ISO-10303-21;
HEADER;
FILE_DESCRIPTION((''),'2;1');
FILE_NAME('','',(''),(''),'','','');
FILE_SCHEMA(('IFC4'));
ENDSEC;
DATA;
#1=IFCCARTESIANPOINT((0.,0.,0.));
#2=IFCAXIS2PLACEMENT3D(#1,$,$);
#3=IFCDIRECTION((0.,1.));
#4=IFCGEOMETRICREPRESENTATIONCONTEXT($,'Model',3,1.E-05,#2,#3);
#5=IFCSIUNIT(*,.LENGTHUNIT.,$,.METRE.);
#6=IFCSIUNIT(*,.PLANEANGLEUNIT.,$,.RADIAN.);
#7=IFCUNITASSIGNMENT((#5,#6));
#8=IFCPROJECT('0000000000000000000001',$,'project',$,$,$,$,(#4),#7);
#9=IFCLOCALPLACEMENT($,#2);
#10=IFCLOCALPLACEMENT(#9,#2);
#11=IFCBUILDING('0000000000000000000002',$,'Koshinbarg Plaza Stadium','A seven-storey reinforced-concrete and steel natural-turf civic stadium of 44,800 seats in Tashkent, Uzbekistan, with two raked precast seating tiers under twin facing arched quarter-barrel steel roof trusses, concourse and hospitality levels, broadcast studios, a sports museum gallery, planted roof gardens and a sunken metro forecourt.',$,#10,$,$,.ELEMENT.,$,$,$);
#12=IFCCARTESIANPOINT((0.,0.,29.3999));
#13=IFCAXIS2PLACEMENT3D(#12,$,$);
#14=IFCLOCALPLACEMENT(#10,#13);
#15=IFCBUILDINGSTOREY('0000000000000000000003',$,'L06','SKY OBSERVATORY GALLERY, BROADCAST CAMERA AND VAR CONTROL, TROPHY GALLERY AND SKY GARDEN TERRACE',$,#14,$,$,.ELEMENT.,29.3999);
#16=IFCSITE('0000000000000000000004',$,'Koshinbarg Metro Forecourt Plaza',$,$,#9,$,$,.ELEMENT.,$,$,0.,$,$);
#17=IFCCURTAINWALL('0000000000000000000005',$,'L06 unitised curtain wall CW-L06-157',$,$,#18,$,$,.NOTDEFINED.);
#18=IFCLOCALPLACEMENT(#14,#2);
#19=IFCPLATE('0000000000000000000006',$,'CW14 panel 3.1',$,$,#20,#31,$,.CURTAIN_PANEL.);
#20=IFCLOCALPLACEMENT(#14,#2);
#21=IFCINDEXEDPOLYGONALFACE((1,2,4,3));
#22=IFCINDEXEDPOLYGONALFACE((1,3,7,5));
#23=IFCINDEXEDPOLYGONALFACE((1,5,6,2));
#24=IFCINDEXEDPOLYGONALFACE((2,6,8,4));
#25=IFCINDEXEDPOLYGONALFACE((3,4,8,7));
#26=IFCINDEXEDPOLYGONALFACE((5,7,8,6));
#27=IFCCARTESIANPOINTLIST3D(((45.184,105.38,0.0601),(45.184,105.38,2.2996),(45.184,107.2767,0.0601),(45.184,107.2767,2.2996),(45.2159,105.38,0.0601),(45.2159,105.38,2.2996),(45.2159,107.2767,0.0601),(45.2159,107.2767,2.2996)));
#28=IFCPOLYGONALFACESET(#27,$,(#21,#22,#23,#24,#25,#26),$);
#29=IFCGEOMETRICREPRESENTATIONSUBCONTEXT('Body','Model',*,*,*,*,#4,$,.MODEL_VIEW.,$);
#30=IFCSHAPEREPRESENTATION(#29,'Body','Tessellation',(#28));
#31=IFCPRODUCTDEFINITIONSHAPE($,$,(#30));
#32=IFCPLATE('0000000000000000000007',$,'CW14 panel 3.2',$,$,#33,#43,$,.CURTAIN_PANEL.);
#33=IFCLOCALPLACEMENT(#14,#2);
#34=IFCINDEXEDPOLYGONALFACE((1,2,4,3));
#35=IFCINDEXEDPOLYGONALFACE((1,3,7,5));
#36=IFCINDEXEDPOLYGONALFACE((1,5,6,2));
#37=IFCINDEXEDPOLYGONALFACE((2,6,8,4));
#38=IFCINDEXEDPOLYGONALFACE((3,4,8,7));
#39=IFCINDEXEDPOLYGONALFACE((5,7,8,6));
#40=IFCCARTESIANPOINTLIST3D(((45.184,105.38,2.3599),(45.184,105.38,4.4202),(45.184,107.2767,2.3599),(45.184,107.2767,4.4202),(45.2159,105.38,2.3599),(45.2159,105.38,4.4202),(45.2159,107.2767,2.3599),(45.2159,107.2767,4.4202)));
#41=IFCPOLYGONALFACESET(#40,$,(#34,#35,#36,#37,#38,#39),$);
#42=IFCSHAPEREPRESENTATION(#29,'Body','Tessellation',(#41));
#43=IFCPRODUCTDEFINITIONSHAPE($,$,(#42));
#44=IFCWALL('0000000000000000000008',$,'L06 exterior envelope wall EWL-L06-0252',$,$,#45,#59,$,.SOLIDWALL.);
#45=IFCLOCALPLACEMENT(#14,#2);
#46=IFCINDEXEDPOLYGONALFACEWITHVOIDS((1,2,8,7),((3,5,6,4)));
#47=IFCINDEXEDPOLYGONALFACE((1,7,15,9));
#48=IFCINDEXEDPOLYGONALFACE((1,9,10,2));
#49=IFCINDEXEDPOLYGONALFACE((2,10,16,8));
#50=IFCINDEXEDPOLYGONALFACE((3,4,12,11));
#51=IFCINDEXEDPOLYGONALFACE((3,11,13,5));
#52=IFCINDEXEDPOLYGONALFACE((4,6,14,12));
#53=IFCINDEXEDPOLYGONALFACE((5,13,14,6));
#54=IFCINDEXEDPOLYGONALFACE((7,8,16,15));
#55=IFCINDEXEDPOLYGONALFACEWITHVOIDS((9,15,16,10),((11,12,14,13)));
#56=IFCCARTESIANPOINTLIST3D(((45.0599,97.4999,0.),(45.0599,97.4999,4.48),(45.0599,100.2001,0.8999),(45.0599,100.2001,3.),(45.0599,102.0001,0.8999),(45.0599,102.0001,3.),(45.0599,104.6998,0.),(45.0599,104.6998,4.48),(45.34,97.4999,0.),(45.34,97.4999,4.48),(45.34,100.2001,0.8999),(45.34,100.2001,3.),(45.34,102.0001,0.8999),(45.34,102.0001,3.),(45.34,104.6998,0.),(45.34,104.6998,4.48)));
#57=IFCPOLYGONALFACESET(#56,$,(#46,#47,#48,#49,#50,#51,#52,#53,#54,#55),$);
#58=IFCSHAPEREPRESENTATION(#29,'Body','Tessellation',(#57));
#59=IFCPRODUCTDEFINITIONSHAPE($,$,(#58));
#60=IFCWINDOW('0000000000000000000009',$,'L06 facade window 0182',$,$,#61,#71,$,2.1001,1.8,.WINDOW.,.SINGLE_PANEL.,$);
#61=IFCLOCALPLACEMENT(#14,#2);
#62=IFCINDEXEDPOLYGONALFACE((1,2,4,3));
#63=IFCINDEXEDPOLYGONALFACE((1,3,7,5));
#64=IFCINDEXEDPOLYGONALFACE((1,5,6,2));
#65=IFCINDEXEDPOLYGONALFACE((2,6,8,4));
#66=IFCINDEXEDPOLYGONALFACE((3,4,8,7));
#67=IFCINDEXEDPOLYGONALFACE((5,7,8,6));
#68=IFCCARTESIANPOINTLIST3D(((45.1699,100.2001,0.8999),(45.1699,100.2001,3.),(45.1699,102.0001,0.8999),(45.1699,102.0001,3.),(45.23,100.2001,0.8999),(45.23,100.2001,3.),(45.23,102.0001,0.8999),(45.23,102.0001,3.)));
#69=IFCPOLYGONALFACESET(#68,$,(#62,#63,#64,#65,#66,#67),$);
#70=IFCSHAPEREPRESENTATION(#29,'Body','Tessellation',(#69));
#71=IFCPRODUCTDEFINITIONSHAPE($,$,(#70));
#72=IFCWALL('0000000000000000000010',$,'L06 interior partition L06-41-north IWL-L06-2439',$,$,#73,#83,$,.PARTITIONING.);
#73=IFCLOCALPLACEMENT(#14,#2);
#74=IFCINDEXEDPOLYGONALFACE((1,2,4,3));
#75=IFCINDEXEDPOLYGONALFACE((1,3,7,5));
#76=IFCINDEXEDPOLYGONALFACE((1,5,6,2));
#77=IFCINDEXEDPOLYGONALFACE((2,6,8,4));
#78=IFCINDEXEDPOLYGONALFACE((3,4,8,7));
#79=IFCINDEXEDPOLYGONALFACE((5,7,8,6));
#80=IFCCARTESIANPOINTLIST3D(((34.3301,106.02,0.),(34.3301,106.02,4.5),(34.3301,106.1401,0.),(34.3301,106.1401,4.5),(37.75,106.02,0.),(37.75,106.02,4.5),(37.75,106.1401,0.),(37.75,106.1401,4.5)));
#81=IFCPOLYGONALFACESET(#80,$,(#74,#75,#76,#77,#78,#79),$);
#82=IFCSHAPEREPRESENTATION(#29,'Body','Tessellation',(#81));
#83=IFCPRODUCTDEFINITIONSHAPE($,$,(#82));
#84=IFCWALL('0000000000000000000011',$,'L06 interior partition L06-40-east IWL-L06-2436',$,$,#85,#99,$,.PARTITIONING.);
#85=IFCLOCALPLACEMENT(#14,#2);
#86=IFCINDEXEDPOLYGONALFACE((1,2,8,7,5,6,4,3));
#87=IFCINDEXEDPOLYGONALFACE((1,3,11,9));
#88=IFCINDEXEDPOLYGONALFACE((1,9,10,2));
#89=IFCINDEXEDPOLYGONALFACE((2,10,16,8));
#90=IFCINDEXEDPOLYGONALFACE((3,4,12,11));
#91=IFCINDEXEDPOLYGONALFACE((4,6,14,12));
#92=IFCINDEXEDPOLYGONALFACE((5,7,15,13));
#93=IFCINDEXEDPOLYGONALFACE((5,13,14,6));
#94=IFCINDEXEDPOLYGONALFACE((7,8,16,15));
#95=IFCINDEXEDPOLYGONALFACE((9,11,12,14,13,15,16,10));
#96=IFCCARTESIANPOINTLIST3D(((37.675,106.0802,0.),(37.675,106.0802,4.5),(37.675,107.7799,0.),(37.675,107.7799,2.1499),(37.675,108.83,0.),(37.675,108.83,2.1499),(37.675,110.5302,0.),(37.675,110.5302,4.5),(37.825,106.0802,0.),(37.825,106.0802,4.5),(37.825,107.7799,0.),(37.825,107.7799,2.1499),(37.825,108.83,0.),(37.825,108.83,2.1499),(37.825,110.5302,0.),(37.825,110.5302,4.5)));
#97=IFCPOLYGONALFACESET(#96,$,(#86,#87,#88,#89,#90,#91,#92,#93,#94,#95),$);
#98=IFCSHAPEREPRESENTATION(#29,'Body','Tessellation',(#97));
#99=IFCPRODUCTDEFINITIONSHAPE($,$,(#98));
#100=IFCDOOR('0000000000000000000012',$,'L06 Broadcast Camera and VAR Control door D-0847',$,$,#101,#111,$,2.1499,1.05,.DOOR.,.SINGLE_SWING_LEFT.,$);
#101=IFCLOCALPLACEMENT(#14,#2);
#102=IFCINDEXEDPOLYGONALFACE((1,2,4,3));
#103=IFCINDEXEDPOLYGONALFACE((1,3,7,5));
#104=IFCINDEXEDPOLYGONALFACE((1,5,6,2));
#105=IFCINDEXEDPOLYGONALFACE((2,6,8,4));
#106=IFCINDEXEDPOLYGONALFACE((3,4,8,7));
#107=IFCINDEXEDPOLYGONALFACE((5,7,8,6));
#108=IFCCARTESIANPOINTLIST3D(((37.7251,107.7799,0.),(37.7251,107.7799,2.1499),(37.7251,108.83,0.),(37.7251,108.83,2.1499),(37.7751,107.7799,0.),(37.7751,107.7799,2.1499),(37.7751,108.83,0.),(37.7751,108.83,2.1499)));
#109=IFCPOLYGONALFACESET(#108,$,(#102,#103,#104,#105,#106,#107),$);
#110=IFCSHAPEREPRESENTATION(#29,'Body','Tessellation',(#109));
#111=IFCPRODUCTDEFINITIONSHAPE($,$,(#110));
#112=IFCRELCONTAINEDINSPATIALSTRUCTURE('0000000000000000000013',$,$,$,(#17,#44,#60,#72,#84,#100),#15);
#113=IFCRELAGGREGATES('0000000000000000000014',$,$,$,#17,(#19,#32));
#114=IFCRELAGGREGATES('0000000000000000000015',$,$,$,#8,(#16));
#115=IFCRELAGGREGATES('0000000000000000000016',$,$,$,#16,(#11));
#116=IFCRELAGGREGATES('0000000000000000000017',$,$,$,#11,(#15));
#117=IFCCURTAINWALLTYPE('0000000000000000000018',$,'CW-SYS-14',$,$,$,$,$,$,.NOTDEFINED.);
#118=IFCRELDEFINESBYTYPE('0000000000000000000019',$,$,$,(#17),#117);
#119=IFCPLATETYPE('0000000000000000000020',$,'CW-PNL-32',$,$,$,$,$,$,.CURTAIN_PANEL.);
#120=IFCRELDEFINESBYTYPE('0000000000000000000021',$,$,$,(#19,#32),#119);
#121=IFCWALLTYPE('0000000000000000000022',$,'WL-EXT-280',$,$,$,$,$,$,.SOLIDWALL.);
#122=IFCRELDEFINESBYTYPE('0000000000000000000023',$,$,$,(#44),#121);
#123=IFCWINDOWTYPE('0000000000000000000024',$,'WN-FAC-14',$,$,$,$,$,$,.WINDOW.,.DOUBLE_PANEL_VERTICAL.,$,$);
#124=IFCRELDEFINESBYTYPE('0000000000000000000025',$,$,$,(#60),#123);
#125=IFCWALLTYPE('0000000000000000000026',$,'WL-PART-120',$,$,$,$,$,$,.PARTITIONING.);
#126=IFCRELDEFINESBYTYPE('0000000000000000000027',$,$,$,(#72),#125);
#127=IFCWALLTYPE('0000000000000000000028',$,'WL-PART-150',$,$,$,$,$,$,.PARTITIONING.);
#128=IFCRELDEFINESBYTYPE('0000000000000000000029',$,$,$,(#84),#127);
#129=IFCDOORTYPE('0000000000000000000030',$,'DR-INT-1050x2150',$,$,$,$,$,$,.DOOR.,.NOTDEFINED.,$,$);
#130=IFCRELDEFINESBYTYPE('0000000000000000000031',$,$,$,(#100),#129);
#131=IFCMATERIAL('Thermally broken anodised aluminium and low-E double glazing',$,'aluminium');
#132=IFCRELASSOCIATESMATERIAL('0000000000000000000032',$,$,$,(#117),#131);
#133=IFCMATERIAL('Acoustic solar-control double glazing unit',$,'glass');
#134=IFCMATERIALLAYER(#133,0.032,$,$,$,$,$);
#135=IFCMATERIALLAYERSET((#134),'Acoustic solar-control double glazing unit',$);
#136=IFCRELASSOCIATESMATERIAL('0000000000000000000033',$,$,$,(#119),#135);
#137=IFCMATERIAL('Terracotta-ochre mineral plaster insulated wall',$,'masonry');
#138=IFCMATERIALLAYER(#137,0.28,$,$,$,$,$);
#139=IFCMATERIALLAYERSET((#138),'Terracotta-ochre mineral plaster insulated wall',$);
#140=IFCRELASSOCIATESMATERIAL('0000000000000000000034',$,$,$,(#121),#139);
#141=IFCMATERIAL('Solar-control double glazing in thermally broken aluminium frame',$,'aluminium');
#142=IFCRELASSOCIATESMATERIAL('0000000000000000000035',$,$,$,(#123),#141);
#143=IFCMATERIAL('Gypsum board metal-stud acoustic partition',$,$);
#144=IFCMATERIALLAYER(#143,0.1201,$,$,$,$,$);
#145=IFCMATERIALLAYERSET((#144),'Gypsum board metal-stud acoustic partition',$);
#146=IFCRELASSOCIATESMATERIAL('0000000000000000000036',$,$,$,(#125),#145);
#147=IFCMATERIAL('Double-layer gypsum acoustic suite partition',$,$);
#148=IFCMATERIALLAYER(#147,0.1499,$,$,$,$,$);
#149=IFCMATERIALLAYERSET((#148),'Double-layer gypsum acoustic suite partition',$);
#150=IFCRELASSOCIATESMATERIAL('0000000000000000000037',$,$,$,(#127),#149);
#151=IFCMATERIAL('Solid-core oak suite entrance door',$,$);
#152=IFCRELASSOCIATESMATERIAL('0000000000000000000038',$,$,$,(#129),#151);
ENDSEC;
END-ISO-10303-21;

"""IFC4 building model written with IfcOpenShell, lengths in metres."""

from ifc_helpers import new_model, si_unit, direction, frame, frame_2d, origin, origin_2d, place, context, subcontext, project, spatial, rectangle, extrude, material, layer, layer_set, type_object, element, fill, aggregate, save


model = new_model("IFC4")

# Units and contexts
model_context = context("Model", 3, precision=1e-05, world=origin(), true_north=direction((0.0, 1.0)))
body_context = subcontext(model_context, "Body", "Model", "MODEL_VIEW")
ifc_project = project(units=[si_unit("LENGTHUNIT", "METRE"), si_unit("PLANEANGLEUNIT", "RADIAN")], contexts=[model_context])

# Site, building, storey
site_placement = place(None, origin())
site = spatial("IfcSite", under=ifc_project, at=site_placement, Name="Koshinbarg Metro Forecourt Plaza", CompositionType="ELEMENT", RefElevation=0.0)
building_placement = place(site_placement, origin())
building = spatial("IfcBuilding", under=site, at=building_placement, Name="Koshinbarg Plaza Stadium", Description="A seven-storey reinforced-concrete and steel natural-turf civic stadium of 44,800 seats in Tashkent, Uzbekistan, with two raked precast seating tiers under twin facing arched quarter-barrel steel roof trusses, concourse and hospitality levels, broadcast studios, a sports museum gallery, planted roof gardens and a sunken metro forecourt.", CompositionType="ELEMENT")
storey_placement = place(building_placement, frame((0.0, 0.0, 29.3999)))
storey = spatial("IfcBuildingStorey", under=building, at=storey_placement, Name="L06", Description="SKY OBSERVATORY GALLERY, BROADCAST CAMERA AND VAR CONTROL, TROPHY GALLERY AND SKY GARDEN TERRACE", CompositionType="ELEMENT", Elevation=29.3999)

# Curtain wall, plates
ifc_material_1 = material(Name="Thermally broken anodised aluminium and low-E double glazing", Category="aluminium")
curtain_wall_type = type_object("IfcCurtainWallType", Name="CW-SYS-14", PredefinedType="NOTDEFINED", material=ifc_material_1)
curtain_wall_placement = place(storey_placement, origin())
curtain_wall = element("IfcCurtainWall", 1, at=curtain_wall_placement, inside=storey, type_object=curtain_wall_type, Name="L06 unitised curtain wall CW-L06-157", PredefinedType="NOTDEFINED")
ifc_material_2 = material(Name="Acoustic solar-control double glazing unit", Category="glass")
ifc_layer_1 = layer(ifc_material_2, 0.032)
ifc_layer_set_1 = layer_set([ifc_layer_1], Name="Acoustic solar-control double glazing unit")
plate_type = type_object("IfcPlateType", Name="CW-PNL-32", PredefinedType="CURTAIN_PANEL", material=ifc_layer_set_1)
plate_1_placement = place(storey_placement, frame((45.2, 106.3284, 0.0601), z_axis=(0.0, 0.0, 1.0), x_axis=(0.0, -1.0, 0.0)))
plate_1 = element("IfcPlate", 2, at=plate_1_placement, type_object=plate_type, Name="CW14 panel 3.1", PredefinedType="CURTAIN_PANEL", context=body_context, shape_type="SweptSolid", body=[
    extrude(rectangle(XDim=1.8967, YDim=0.032, at=origin_2d()), origin(), (0.0, 0.0, 1.0), 2.2395),
])
plate_2_placement = place(storey_placement, frame((45.2, 106.3284, 2.3599), z_axis=(0.0, 0.0, 1.0), x_axis=(0.0, -1.0, 0.0)))
plate_2 = element("IfcPlate", 3, at=plate_2_placement, type_object=plate_type, Name="CW14 panel 3.2", PredefinedType="CURTAIN_PANEL", context=body_context, shape_type="SweptSolid", body=[
    extrude(rectangle(XDim=1.8967, YDim=0.032, at=origin_2d()), origin(), (0.0, 0.0, 1.0), 2.0603),
])
aggregate(curtain_wall, [plate_1, plate_2])

# Wall, opening, window
ifc_material_3 = material(Name="Terracotta-ochre mineral plaster insulated wall", Category="masonry")
ifc_layer_2 = layer(ifc_material_3, 0.28)
ifc_layer_set_2 = layer_set([ifc_layer_2], Name="Terracotta-ochre mineral plaster insulated wall")
wall_type_1 = type_object("IfcWallType", Name="WL-EXT-280", PredefinedType="SOLIDWALL", material=ifc_layer_set_2)
wall_1_placement = place(storey_placement, frame((45.2, 104.7, 0.0), z_axis=(0.0, 0.0, 1.0), x_axis=(0.0, -1.0, 0.0)))
wall_1 = element("IfcWall", 4, at=wall_1_placement, inside=storey, type_object=wall_type_1, Name="L06 exterior envelope wall EWL-L06-0252", PredefinedType="SOLIDWALL", context=body_context, shape_type="SweptSolid", body=[
    extrude(rectangle(XDim=7.2, YDim=0.28, at=frame_2d((3.6001, 0.0))), origin(), (0.0, 0.0, 1.0), 4.48),
])
opening_1_placement = place(wall_1_placement, frame((2.7, 0.0, 0.8999)))
opening_1 = element("IfcOpeningElement", 5, at=opening_1_placement, cuts=wall_1, PredefinedType="OPENING", context=body_context, shape_type="SweptSolid", body=[
    extrude(rectangle(XDim=1.8, YDim=2.1001, at=frame_2d((0.8999, 1.05))), frame((0.0, 0.1499, 0.0), z_axis=(0.0, -1.0, 0.0), x_axis=(1.0, 0.0, 0.0)), (0.0, 0.0, 1.0), 0.3),
])
ifc_material_4 = material(Name="Solar-control double glazing in thermally broken aluminium frame", Category="aluminium")
window_type = type_object("IfcWindowType", Name="WN-FAC-14", PartitioningType="DOUBLE_PANEL_VERTICAL", PredefinedType="WINDOW", material=ifc_material_4)
window_placement = place(opening_1_placement, origin())
window = element("IfcWindow", 6, at=window_placement, inside=storey, type_object=window_type, Name="L06 facade window 0182", OverallHeight=2.1001, OverallWidth=1.8, PartitioningType="SINGLE_PANEL", PredefinedType="WINDOW", context=body_context, shape_type="SweptSolid", body=[
    extrude(rectangle(XDim=1.8, YDim=2.1001, at=frame_2d((0.8999, 1.05))), frame((0.0, 0.03, 0.0), z_axis=(0.0, -1.0, 0.0), x_axis=(1.0, 0.0, 0.0)), (0.0, 0.0, 1.0), 0.0601),
])
fill(opening_1, window)

# Shared definitions
ifc_material_5 = material(Name="Gypsum board metal-stud acoustic partition")
ifc_layer_3 = layer(ifc_material_5, 0.1201)
ifc_layer_set_3 = layer_set([ifc_layer_3], Name="Gypsum board metal-stud acoustic partition")
wall_type_2 = type_object("IfcWallType", Name="WL-PART-120", PredefinedType="PARTITIONING", material=ifc_layer_set_3)

# Wall
wall_2_placement = place(storey_placement, frame((37.75, 106.0801, 0.0), z_axis=(0.0, 0.0, 1.0), x_axis=(-1.0, 0.0, 0.0)))
element("IfcWall", 7, at=wall_2_placement, inside=storey, type_object=wall_type_2, Name="L06 interior partition L06-41-north IWL-L06-2439", PredefinedType="PARTITIONING", context=body_context, shape_type="SweptSolid", body=[
    extrude(rectangle(XDim=3.4199, YDim=0.1201, at=frame_2d((1.71, 0.0))), origin(), (0.0, 0.0, 1.0), 4.5),
])

# Wall, opening, door
ifc_material_6 = material(Name="Double-layer gypsum acoustic suite partition")
ifc_layer_4 = layer(ifc_material_6, 0.1499)
ifc_layer_set_4 = layer_set([ifc_layer_4], Name="Double-layer gypsum acoustic suite partition")
wall_type_3 = type_object("IfcWallType", Name="WL-PART-150", PredefinedType="PARTITIONING", material=ifc_layer_set_4)
wall_3_placement = place(storey_placement, frame((37.75, 106.0801, 0.0), z_axis=(0.0, 0.0, 1.0), x_axis=(0.0, 1.0, 0.0)))
wall_3 = element("IfcWall", 8, at=wall_3_placement, inside=storey, type_object=wall_type_3, Name="L06 interior partition L06-40-east IWL-L06-2436", PredefinedType="PARTITIONING", context=body_context, shape_type="SweptSolid", body=[
    extrude(rectangle(XDim=4.45, YDim=0.1499, at=frame_2d((2.2251, 0.0))), origin(), (0.0, 0.0, 1.0), 4.5),
])
opening_2_placement = place(wall_3_placement, frame((1.7, 0.0, 0.0)))
opening_2 = element("IfcOpeningElement", 9, at=opening_2_placement, cuts=wall_3, PredefinedType="OPENING", context=body_context, shape_type="SweptSolid", body=[
    extrude(rectangle(XDim=1.05, YDim=2.1499, at=frame_2d((0.5249, 1.075))), frame((0.0, 0.085, 0.0), z_axis=(0.0, -1.0, 0.0), x_axis=(1.0, 0.0, 0.0)), (0.0, 0.0, 1.0), 0.1699),
])
ifc_material_7 = material(Name="Solid-core oak suite entrance door")
door_type_1 = type_object("IfcDoorType", Name="DR-INT-1050x2150", OperationType="NOTDEFINED", PredefinedType="DOOR", material=ifc_material_7)
door_1_placement = place(opening_2_placement, origin())
door_1 = element("IfcDoor", 10, at=door_1_placement, inside=storey, type_object=door_type_1, Name="L06 Broadcast Camera and VAR Control door D-0847", OperationType="SINGLE_SWING_LEFT", OverallHeight=2.1499, OverallWidth=1.05, PredefinedType="DOOR", context=body_context, shape_type="SweptSolid", body=[
    extrude(rectangle(XDim=1.05, YDim=2.1499, at=frame_2d((0.5249, 1.075))), frame((0.0, 0.0249, 0.0), z_axis=(0.0, -1.0, 0.0), x_axis=(1.0, 0.0, 0.0)), (0.0, 0.0, 1.0), 0.05),
])
fill(opening_2, door_1)

save(model, "model.ifc")
